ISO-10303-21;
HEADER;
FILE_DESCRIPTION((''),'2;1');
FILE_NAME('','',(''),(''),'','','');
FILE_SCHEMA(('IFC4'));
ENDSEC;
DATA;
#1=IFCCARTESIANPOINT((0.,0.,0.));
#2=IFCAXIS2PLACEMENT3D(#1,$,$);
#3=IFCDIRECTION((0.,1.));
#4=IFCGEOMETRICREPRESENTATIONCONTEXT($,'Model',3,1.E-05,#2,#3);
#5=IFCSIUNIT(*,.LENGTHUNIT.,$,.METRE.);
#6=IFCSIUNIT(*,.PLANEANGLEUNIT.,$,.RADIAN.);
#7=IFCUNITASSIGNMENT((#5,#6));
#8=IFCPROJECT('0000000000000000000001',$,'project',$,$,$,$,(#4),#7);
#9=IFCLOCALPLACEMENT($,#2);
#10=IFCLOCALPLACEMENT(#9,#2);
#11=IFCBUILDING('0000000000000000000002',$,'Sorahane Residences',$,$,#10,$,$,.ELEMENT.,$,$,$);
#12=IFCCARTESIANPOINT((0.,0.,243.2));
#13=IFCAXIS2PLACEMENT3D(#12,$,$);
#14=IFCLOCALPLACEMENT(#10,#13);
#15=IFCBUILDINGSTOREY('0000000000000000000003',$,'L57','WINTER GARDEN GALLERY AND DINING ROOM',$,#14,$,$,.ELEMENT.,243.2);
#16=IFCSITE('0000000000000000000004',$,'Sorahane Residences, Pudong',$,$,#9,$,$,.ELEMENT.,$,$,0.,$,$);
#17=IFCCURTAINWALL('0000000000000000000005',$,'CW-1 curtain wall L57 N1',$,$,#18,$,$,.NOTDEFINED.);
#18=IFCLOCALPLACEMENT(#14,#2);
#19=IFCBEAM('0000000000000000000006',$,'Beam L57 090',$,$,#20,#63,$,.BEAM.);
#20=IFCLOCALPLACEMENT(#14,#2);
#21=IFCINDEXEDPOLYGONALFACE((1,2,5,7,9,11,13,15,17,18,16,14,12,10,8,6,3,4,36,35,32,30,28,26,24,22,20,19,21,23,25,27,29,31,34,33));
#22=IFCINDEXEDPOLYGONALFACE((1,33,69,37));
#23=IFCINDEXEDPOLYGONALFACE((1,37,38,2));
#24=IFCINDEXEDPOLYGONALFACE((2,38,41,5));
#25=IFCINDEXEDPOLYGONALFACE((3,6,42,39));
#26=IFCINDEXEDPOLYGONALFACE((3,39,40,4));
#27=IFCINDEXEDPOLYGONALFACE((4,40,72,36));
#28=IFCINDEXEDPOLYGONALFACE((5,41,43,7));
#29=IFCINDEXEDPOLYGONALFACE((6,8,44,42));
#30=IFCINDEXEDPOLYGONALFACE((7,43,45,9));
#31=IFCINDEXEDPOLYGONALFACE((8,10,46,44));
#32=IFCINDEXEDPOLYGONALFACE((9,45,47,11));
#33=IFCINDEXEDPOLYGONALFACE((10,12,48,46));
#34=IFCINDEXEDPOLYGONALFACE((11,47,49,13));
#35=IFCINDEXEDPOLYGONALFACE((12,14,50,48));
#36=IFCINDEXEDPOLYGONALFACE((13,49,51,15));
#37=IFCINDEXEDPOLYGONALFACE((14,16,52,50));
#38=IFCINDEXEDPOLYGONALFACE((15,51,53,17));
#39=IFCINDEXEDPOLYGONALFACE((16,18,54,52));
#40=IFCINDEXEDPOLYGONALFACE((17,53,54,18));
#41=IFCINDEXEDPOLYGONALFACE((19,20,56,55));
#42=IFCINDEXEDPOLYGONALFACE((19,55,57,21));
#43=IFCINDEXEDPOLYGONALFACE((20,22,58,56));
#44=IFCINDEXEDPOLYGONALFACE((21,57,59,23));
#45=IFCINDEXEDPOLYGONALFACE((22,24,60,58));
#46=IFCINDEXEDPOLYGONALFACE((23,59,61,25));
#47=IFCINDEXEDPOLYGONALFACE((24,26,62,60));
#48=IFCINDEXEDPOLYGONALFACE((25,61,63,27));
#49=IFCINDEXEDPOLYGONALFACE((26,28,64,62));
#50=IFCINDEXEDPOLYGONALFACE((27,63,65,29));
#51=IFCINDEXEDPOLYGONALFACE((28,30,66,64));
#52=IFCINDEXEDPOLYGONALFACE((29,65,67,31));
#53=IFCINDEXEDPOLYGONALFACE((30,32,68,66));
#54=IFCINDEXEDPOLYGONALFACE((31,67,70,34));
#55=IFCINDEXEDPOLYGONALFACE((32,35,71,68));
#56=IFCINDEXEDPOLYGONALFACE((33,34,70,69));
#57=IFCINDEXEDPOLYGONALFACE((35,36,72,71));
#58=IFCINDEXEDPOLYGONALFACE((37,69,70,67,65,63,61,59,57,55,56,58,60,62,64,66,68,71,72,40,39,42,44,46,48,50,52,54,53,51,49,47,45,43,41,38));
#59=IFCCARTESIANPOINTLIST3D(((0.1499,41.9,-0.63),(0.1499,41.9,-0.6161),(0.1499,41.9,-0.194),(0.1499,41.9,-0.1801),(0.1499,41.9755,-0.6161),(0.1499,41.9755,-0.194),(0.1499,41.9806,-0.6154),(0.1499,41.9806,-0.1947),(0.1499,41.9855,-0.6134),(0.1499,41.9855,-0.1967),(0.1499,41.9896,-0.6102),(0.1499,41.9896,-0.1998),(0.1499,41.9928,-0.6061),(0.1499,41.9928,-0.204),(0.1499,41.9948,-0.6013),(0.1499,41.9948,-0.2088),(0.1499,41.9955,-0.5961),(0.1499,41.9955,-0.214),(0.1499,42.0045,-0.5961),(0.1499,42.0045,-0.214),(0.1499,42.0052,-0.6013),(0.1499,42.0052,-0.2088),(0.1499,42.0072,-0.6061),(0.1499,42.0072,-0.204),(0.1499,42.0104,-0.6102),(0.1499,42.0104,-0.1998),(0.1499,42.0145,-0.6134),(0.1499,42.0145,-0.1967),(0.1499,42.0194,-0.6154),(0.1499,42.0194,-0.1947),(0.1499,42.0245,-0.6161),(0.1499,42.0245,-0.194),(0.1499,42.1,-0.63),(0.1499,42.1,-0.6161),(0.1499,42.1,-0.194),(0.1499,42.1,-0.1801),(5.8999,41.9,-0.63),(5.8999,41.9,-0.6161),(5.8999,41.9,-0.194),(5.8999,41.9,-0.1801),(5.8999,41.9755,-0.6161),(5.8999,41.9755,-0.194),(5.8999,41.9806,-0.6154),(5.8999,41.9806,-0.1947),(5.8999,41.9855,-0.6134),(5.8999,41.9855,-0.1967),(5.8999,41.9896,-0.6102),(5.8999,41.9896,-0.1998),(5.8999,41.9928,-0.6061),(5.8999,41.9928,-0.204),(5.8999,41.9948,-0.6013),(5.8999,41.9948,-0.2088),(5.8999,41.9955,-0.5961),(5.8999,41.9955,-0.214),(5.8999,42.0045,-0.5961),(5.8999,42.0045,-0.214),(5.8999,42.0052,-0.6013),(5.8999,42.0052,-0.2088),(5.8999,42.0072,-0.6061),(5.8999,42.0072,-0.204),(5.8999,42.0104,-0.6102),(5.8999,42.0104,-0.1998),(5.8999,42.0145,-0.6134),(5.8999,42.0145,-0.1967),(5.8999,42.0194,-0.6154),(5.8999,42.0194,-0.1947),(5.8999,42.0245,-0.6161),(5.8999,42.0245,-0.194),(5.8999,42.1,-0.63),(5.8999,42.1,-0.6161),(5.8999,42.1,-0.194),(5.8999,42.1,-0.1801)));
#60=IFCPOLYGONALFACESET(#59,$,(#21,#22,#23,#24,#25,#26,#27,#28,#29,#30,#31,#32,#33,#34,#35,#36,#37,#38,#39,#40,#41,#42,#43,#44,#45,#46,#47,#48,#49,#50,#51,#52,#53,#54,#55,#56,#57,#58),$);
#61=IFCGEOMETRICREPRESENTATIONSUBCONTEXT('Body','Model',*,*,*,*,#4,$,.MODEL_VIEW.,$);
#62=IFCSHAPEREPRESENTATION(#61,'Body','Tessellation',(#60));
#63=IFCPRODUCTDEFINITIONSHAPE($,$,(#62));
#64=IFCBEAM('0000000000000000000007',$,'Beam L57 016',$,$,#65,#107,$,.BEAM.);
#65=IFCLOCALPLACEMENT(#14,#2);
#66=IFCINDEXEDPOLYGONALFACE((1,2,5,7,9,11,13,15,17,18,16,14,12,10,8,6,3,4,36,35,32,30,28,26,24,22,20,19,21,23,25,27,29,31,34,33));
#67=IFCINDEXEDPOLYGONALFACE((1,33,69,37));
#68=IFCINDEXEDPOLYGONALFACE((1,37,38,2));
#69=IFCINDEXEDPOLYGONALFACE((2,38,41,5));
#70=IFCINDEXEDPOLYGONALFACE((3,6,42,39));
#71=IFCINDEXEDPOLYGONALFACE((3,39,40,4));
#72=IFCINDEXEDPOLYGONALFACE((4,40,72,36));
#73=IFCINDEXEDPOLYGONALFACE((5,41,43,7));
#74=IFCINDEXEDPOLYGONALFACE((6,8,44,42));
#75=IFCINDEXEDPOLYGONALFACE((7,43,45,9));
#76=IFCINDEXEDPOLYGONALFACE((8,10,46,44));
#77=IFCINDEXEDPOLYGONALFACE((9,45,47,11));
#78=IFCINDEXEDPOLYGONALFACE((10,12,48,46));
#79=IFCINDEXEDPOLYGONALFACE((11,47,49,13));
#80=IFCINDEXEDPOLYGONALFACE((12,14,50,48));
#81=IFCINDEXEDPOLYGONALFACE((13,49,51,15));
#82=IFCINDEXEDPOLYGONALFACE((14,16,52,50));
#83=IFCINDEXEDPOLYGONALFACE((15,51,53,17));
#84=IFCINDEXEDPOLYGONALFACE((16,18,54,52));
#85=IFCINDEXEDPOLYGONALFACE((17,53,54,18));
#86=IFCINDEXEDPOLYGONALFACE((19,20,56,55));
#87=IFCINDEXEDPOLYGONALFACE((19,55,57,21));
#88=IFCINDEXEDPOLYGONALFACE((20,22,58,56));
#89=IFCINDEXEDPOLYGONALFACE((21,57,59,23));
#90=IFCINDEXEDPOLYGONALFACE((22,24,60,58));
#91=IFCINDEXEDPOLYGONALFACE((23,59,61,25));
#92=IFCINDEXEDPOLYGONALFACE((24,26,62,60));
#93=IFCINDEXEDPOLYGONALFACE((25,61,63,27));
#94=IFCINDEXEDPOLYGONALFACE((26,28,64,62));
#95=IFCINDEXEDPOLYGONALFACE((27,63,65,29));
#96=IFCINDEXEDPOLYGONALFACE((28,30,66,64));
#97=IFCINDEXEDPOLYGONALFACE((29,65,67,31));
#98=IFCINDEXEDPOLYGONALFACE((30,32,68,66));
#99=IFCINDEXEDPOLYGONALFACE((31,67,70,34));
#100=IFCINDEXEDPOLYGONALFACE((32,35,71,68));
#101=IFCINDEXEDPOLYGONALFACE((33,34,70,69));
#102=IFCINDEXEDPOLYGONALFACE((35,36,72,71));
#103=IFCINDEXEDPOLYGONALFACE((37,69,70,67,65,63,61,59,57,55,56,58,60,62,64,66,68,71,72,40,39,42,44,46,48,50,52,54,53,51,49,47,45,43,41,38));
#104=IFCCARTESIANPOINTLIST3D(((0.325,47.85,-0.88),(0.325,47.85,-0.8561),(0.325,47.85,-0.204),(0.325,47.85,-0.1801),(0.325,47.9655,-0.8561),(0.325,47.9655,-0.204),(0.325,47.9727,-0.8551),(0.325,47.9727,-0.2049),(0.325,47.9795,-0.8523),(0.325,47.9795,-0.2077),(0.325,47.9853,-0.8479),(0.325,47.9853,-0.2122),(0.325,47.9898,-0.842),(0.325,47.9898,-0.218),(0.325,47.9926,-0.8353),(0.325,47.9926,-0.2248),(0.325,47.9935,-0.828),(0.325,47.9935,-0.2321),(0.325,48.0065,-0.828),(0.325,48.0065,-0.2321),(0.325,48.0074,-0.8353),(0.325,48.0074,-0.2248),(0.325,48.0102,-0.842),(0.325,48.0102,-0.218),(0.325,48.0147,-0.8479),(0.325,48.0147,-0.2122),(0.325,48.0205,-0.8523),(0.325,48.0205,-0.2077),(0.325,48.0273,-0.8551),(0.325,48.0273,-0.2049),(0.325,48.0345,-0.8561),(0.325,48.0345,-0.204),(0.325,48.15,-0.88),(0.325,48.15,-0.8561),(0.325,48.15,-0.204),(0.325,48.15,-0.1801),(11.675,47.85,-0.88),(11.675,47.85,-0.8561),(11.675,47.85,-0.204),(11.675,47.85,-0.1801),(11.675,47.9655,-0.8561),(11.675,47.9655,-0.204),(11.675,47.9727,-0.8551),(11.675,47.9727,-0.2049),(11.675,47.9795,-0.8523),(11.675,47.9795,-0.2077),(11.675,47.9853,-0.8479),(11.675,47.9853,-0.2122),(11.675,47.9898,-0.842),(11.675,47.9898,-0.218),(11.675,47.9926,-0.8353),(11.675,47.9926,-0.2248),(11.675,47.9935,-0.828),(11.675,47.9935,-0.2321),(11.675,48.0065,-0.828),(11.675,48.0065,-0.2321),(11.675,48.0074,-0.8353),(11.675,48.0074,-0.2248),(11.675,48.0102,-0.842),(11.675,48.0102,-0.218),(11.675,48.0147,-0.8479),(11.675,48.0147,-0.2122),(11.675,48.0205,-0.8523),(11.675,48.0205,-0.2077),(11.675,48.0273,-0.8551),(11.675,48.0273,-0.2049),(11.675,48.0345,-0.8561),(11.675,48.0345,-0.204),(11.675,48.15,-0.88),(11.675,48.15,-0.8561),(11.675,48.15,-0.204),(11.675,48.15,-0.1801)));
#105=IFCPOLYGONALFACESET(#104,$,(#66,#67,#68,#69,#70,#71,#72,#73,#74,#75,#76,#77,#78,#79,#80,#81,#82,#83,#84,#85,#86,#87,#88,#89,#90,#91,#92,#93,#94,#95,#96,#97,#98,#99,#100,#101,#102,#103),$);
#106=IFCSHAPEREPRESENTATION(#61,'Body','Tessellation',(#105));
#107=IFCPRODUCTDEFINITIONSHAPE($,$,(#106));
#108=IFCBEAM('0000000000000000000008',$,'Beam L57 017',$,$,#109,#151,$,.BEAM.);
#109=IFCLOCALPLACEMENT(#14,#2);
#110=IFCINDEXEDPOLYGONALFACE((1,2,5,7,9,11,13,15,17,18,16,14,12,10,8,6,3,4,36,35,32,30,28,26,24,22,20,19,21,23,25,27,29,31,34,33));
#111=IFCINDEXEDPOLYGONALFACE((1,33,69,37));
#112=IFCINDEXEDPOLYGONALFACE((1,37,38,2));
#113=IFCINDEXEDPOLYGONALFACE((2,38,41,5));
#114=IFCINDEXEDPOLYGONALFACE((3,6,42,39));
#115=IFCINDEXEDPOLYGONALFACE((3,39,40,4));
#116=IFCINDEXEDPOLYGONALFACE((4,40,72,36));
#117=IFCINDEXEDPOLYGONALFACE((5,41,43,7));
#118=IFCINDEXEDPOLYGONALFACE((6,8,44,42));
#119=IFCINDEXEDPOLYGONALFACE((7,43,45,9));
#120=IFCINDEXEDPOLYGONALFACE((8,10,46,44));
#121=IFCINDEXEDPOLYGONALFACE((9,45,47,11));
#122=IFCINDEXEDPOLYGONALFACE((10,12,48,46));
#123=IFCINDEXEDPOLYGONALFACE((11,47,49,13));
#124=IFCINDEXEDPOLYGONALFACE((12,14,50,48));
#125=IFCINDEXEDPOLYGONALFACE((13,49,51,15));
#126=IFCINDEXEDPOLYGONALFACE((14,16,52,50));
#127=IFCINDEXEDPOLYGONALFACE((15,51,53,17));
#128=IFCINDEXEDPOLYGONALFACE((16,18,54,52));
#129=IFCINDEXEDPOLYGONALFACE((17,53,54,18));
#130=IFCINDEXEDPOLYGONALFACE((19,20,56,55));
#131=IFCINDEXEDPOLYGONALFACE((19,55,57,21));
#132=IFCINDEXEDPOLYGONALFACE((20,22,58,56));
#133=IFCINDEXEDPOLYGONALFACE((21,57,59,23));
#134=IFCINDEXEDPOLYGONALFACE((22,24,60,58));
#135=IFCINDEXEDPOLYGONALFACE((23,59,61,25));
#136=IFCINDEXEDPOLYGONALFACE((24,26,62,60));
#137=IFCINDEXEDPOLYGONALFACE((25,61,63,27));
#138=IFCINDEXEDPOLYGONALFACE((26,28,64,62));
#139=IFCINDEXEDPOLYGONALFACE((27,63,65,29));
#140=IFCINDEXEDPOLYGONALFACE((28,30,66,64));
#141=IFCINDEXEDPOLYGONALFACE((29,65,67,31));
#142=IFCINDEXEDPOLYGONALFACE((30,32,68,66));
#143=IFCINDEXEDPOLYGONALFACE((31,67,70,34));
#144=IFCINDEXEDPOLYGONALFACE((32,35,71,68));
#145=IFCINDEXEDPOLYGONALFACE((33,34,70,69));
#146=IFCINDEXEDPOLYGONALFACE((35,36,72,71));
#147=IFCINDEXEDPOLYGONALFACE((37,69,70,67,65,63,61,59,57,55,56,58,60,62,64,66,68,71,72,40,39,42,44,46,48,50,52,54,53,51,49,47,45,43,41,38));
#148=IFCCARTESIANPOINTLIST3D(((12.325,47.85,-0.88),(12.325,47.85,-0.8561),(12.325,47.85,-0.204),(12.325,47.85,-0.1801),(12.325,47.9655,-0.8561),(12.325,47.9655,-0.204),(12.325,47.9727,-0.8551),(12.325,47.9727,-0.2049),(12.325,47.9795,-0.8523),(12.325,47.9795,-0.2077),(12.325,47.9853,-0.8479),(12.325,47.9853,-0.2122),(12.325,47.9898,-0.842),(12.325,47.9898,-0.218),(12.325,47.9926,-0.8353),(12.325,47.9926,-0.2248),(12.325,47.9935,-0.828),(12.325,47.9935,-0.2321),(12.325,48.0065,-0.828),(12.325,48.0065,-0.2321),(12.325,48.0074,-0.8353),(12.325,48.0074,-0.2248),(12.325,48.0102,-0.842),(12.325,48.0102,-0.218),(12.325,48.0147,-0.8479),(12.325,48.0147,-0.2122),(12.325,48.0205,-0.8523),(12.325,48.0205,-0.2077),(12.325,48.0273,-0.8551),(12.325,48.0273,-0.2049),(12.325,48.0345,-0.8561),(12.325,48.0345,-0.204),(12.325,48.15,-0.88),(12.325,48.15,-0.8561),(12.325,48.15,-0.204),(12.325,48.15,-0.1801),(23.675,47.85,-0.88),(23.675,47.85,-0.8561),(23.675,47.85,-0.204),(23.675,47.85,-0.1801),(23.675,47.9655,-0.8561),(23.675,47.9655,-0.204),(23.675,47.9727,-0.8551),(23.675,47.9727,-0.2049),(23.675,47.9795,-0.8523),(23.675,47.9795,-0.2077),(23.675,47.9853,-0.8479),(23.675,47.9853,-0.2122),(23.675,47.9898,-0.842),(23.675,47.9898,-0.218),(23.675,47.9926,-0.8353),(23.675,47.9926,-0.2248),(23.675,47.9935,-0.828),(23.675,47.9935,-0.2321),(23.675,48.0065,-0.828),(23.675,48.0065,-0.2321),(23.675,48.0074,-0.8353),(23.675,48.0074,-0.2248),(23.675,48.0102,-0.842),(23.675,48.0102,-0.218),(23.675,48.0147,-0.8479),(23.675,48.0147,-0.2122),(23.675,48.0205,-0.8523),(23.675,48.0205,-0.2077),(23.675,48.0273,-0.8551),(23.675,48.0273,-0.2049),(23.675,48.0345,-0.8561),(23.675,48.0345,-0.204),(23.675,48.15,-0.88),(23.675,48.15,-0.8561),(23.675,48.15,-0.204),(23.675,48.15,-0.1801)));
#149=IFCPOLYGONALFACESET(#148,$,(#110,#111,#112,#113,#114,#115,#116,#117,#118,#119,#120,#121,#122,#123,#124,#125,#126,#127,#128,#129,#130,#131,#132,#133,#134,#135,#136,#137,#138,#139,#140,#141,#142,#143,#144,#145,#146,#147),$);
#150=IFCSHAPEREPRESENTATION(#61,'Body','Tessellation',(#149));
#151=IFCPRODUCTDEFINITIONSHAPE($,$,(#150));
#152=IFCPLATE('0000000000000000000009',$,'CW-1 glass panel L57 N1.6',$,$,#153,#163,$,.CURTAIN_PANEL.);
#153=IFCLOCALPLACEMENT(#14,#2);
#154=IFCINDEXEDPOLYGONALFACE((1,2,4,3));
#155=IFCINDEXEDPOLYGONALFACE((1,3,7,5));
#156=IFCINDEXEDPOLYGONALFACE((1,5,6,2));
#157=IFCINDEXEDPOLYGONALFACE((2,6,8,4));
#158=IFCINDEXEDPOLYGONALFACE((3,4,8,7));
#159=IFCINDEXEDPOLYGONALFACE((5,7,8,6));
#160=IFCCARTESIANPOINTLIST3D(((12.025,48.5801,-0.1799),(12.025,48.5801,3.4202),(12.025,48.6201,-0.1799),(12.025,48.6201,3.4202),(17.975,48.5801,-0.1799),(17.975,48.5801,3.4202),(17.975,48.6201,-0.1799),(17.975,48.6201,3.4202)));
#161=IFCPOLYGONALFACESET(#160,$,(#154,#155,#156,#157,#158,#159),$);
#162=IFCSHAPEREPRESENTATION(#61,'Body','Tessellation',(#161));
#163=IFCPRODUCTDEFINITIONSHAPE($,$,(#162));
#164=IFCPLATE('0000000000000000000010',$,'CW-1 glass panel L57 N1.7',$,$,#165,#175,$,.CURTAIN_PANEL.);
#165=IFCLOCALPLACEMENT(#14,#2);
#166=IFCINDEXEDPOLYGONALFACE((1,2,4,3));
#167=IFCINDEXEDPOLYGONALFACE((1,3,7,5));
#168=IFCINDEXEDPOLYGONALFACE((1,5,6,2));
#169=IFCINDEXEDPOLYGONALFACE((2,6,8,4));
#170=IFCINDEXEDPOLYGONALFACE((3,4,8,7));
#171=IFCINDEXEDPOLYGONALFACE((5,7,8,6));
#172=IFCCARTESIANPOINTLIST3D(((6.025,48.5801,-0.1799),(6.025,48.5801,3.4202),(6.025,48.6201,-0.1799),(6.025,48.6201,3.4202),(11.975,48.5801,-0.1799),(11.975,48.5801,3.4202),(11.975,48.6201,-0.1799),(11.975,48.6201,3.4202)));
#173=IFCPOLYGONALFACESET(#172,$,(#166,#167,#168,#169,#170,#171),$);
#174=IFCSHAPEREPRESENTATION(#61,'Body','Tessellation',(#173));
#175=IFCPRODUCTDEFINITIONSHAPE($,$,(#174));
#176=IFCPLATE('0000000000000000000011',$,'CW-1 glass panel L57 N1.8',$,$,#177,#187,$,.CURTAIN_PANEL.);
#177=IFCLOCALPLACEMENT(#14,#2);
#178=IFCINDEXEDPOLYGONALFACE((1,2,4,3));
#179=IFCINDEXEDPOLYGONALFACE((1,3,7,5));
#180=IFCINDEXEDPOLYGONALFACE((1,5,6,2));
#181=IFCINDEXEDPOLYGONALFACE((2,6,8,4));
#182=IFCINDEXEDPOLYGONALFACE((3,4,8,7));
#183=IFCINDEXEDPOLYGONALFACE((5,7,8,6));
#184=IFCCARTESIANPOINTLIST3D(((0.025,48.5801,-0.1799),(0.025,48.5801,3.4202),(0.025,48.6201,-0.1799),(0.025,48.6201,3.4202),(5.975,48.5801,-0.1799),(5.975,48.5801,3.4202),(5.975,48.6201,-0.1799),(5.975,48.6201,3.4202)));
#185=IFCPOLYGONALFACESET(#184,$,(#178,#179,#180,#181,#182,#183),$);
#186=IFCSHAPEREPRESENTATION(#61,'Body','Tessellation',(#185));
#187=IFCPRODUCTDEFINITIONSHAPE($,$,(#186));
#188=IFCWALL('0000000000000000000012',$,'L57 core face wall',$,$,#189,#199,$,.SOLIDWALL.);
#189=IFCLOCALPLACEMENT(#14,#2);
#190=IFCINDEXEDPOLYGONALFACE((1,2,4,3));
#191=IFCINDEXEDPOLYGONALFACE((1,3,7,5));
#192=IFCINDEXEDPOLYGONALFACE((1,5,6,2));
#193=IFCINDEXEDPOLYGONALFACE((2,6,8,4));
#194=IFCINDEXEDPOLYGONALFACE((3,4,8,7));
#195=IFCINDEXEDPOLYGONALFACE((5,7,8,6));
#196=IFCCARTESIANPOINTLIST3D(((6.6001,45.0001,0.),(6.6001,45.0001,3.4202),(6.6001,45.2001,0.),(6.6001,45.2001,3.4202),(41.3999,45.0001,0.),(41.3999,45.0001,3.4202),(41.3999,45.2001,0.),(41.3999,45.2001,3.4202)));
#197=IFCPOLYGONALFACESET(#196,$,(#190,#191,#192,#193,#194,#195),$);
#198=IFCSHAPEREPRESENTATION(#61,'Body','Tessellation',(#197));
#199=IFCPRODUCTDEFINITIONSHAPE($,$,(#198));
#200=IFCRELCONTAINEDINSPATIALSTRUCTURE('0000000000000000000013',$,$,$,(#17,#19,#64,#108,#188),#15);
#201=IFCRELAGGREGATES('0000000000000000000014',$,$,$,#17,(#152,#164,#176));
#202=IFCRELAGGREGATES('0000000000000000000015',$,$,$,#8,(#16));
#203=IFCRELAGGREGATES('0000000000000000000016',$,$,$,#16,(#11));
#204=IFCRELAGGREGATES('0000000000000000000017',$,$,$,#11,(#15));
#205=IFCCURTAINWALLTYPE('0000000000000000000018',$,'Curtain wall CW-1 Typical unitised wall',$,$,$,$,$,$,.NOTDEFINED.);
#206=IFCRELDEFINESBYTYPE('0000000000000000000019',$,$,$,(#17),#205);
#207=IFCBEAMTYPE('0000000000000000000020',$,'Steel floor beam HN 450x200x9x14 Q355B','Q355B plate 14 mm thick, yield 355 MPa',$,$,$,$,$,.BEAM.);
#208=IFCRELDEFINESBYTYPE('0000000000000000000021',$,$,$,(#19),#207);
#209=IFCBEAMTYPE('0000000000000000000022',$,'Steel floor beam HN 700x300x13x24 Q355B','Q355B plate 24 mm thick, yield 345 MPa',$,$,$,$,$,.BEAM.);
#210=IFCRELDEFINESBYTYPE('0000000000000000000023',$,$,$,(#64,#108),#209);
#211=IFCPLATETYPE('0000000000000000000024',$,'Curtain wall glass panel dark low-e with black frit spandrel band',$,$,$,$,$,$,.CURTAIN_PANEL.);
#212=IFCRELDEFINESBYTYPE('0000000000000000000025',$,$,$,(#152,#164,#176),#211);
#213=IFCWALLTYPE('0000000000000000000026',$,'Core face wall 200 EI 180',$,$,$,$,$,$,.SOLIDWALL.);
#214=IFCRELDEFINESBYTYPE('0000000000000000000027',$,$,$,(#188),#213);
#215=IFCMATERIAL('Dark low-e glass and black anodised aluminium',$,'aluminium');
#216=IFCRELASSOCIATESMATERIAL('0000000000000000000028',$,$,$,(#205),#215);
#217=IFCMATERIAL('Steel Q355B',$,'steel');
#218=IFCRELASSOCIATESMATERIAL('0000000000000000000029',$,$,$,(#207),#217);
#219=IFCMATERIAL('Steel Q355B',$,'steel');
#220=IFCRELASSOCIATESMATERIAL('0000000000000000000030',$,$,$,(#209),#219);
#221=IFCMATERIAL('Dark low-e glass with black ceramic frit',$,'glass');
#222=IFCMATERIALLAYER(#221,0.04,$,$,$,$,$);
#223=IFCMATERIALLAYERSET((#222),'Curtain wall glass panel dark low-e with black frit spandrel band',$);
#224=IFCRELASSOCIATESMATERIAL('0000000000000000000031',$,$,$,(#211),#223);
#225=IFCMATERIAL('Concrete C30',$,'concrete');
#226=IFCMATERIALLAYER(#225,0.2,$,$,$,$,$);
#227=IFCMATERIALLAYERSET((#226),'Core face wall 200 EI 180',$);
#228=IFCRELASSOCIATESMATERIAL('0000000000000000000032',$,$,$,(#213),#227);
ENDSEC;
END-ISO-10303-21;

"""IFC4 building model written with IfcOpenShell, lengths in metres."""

from ifc_helpers import new_model, si_unit, direction, frame, frame_2d, origin, origin_2d, place, context, subcontext, project, spatial, rectangle, i_section, extrude, material, layer, layer_set, material_profile, profile_set, type_object, element, aggregate, save


model = new_model("IFC4")

# Units and contexts
model_context = context("Model", 3, precision=1e-05, world=origin(), true_north=direction((0.0, 1.0)))
body_context = subcontext(model_context, "Body", "Model", "MODEL_VIEW")
ifc_project = project(units=[si_unit("LENGTHUNIT", "METRE"), si_unit("PLANEANGLEUNIT", "RADIAN")], contexts=[model_context])

# Site, building, storey
site_placement = place(None, origin())
site = spatial("IfcSite", under=ifc_project, at=site_placement, Name="Sorahane Residences, Pudong", CompositionType="ELEMENT", RefElevation=0.0)
building_placement = place(site_placement, origin())
building = spatial("IfcBuilding", under=site, at=building_placement, Name="Sorahane Residences", CompositionType="ELEMENT")
storey_placement = place(building_placement, frame((0.0, 0.0, 243.2)))
storey = spatial("IfcBuildingStorey", under=building, at=storey_placement, Name="L57", Description="WINTER GARDEN GALLERY AND DINING ROOM", CompositionType="ELEMENT", Elevation=243.2)

# Curtain wall
ifc_material_1 = material(Name="Dark low-e glass and black anodised aluminium", Category="aluminium")
curtain_wall_type = type_object("IfcCurtainWallType", Name="Curtain wall CW-1 Typical unitised wall", PredefinedType="NOTDEFINED", material=ifc_material_1)
curtain_wall_placement = place(storey_placement, origin())
curtain_wall = element("IfcCurtainWall", 1, at=curtain_wall_placement, inside=storey, type_object=curtain_wall_type, Name="CW-1 curtain wall L57 N1", PredefinedType="NOTDEFINED")

# Beams
ifc_material_2 = material(Name="Steel Q355B", Category="steel")
ifc_material_profile_1 = material_profile(ifc_material_2, i_section(OverallWidth=0.2, OverallDepth=0.45, WebThickness=0.009, FlangeThickness=0.0139, FilletRadius=0.02, at=origin_2d()), Name="HN 450x200x9x14")
ifc_profile_set_1 = profile_set([ifc_material_profile_1], Name="Steel Q355B")
beam_type_1 = type_object("IfcBeamType", Name="Steel floor beam HN 450x200x9x14 Q355B", Description="Q355B plate 14 mm thick, yield 355 MPa", PredefinedType="BEAM", material=ifc_profile_set_1)
beam_1_placement = place(storey_placement, frame((0.1499, 42.0, -0.405), z_axis=(1.0, 0.0, 0.0), x_axis=(0.0, 1.0, 0.0)))
element("IfcBeam", 2, at=beam_1_placement, inside=storey, type_object=beam_type_1, Name="Beam L57 090", PredefinedType="BEAM", context=body_context, shape_type="SweptSolid", body=[
    extrude(i_section(OverallWidth=0.2, OverallDepth=0.45, WebThickness=0.009, FlangeThickness=0.0139, FilletRadius=0.02, at=origin_2d()), origin(), (0.0, 0.0, 1.0), 5.75),
])
ifc_material_3 = material(Name="Steel Q355B", Category="steel")
ifc_material_profile_2 = material_profile(ifc_material_3, i_section(OverallWidth=0.3, OverallDepth=0.7, WebThickness=0.0129, FlangeThickness=0.0239, FilletRadius=0.0281, at=origin_2d()), Name="HN 700x300x13x24")
ifc_profile_set_2 = profile_set([ifc_material_profile_2], Name="Steel Q355B")
beam_type_2 = type_object("IfcBeamType", Name="Steel floor beam HN 700x300x13x24 Q355B", Description="Q355B plate 24 mm thick, yield 345 MPa", PredefinedType="BEAM", material=ifc_profile_set_2)
for number, where, z_axis, x_axis, name in (
    (3, (0.325, 48.0, -0.53), (1.0, 0.0, 0.0), (0.0, 1.0, 0.0), "Beam L57 016"),
    (4, (12.325, 48.0, -0.53), (1.0, 0.0, 0.0), (0.0, 1.0, 0.0), "Beam L57 017"),
):
    element("IfcBeam", number, at=place(storey_placement, frame(where, z_axis=z_axis, x_axis=x_axis)), inside=storey, type_object=beam_type_2, Name=name, PredefinedType="BEAM", context=body_context, shape_type="SweptSolid", body=[
        extrude(i_section(OverallWidth=0.3, OverallDepth=0.7, WebThickness=0.0129, FlangeThickness=0.0239, FilletRadius=0.0281, at=origin_2d()), origin(), (0.0, 0.0, 1.0), 11.3501),
    ])

# Plates
ifc_material_4 = material(Name="Dark low-e glass with black ceramic frit", Category="glass")
ifc_layer_1 = layer(ifc_material_4, 0.04)
ifc_layer_set_1 = layer_set([ifc_layer_1], Name="Curtain wall glass panel dark low-e with black frit spandrel band")
plate_type = type_object("IfcPlateType", Name="Curtain wall glass panel dark low-e with black frit spandrel band", PredefinedType="CURTAIN_PANEL", material=ifc_layer_set_1)
plate_1_placement = place(storey_placement, frame((15.0, 48.6001, -0.1799), z_axis=(0.0, 0.0, 1.0), x_axis=(-1.0, 0.0, 0.0)))
plate_1 = element("IfcPlate", 5, at=plate_1_placement, type_object=plate_type, Name="CW-1 glass panel L57 N1.6", PredefinedType="CURTAIN_PANEL", context=body_context, shape_type="SweptSolid", body=[
    extrude(rectangle(XDim=5.95, YDim=0.04, at=origin_2d()), origin(), (0.0, 0.0, 1.0), 3.6001),
])
plate_2_placement = place(storey_placement, frame((9.0, 48.6001, -0.1799), z_axis=(0.0, 0.0, 1.0), x_axis=(-1.0, 0.0, 0.0)))
plate_2 = element("IfcPlate", 6, at=plate_2_placement, type_object=plate_type, Name="CW-1 glass panel L57 N1.7", PredefinedType="CURTAIN_PANEL", context=body_context, shape_type="SweptSolid", body=[
    extrude(rectangle(XDim=5.95, YDim=0.04, at=origin_2d()), origin(), (0.0, 0.0, 1.0), 3.6001),
])
plate_3_placement = place(storey_placement, frame((3.0, 48.6001, -0.1799), z_axis=(0.0, 0.0, 1.0), x_axis=(-1.0, 0.0, 0.0)))
plate_3 = element("IfcPlate", 7, at=plate_3_placement, type_object=plate_type, Name="CW-1 glass panel L57 N1.8", PredefinedType="CURTAIN_PANEL", context=body_context, shape_type="SweptSolid", body=[
    extrude(rectangle(XDim=5.95, YDim=0.04, at=origin_2d()), origin(), (0.0, 0.0, 1.0), 3.6001),
])
aggregate(curtain_wall, [plate_1, plate_2, plate_3])

# Wall
ifc_material_5 = material(Name="Concrete C30", Category="concrete")
ifc_layer_2 = layer(ifc_material_5, 0.2)
ifc_layer_set_2 = layer_set([ifc_layer_2], Name="Core face wall 200 EI 180")
wall_type_1 = type_object("IfcWallType", Name="Core face wall 200 EI 180", PredefinedType="SOLIDWALL", material=ifc_layer_set_2)
wall_1_placement = place(storey_placement, frame((6.6001, 45.1001, 0.0), z_axis=(0.0, 0.0, 1.0), x_axis=(1.0, 0.0, 0.0)))
element("IfcWall", 8, at=wall_1_placement, inside=storey, type_object=wall_type_1, Name="L57 core face wall", PredefinedType="SOLIDWALL", context=body_context, shape_type="SweptSolid", body=[
    extrude(rectangle(XDim=34.7998, YDim=0.2, at=frame_2d((17.3999, 0.0))), origin(), (0.0, 0.0, 1.0), 3.4202),
])

save(model, "model.ifc")
